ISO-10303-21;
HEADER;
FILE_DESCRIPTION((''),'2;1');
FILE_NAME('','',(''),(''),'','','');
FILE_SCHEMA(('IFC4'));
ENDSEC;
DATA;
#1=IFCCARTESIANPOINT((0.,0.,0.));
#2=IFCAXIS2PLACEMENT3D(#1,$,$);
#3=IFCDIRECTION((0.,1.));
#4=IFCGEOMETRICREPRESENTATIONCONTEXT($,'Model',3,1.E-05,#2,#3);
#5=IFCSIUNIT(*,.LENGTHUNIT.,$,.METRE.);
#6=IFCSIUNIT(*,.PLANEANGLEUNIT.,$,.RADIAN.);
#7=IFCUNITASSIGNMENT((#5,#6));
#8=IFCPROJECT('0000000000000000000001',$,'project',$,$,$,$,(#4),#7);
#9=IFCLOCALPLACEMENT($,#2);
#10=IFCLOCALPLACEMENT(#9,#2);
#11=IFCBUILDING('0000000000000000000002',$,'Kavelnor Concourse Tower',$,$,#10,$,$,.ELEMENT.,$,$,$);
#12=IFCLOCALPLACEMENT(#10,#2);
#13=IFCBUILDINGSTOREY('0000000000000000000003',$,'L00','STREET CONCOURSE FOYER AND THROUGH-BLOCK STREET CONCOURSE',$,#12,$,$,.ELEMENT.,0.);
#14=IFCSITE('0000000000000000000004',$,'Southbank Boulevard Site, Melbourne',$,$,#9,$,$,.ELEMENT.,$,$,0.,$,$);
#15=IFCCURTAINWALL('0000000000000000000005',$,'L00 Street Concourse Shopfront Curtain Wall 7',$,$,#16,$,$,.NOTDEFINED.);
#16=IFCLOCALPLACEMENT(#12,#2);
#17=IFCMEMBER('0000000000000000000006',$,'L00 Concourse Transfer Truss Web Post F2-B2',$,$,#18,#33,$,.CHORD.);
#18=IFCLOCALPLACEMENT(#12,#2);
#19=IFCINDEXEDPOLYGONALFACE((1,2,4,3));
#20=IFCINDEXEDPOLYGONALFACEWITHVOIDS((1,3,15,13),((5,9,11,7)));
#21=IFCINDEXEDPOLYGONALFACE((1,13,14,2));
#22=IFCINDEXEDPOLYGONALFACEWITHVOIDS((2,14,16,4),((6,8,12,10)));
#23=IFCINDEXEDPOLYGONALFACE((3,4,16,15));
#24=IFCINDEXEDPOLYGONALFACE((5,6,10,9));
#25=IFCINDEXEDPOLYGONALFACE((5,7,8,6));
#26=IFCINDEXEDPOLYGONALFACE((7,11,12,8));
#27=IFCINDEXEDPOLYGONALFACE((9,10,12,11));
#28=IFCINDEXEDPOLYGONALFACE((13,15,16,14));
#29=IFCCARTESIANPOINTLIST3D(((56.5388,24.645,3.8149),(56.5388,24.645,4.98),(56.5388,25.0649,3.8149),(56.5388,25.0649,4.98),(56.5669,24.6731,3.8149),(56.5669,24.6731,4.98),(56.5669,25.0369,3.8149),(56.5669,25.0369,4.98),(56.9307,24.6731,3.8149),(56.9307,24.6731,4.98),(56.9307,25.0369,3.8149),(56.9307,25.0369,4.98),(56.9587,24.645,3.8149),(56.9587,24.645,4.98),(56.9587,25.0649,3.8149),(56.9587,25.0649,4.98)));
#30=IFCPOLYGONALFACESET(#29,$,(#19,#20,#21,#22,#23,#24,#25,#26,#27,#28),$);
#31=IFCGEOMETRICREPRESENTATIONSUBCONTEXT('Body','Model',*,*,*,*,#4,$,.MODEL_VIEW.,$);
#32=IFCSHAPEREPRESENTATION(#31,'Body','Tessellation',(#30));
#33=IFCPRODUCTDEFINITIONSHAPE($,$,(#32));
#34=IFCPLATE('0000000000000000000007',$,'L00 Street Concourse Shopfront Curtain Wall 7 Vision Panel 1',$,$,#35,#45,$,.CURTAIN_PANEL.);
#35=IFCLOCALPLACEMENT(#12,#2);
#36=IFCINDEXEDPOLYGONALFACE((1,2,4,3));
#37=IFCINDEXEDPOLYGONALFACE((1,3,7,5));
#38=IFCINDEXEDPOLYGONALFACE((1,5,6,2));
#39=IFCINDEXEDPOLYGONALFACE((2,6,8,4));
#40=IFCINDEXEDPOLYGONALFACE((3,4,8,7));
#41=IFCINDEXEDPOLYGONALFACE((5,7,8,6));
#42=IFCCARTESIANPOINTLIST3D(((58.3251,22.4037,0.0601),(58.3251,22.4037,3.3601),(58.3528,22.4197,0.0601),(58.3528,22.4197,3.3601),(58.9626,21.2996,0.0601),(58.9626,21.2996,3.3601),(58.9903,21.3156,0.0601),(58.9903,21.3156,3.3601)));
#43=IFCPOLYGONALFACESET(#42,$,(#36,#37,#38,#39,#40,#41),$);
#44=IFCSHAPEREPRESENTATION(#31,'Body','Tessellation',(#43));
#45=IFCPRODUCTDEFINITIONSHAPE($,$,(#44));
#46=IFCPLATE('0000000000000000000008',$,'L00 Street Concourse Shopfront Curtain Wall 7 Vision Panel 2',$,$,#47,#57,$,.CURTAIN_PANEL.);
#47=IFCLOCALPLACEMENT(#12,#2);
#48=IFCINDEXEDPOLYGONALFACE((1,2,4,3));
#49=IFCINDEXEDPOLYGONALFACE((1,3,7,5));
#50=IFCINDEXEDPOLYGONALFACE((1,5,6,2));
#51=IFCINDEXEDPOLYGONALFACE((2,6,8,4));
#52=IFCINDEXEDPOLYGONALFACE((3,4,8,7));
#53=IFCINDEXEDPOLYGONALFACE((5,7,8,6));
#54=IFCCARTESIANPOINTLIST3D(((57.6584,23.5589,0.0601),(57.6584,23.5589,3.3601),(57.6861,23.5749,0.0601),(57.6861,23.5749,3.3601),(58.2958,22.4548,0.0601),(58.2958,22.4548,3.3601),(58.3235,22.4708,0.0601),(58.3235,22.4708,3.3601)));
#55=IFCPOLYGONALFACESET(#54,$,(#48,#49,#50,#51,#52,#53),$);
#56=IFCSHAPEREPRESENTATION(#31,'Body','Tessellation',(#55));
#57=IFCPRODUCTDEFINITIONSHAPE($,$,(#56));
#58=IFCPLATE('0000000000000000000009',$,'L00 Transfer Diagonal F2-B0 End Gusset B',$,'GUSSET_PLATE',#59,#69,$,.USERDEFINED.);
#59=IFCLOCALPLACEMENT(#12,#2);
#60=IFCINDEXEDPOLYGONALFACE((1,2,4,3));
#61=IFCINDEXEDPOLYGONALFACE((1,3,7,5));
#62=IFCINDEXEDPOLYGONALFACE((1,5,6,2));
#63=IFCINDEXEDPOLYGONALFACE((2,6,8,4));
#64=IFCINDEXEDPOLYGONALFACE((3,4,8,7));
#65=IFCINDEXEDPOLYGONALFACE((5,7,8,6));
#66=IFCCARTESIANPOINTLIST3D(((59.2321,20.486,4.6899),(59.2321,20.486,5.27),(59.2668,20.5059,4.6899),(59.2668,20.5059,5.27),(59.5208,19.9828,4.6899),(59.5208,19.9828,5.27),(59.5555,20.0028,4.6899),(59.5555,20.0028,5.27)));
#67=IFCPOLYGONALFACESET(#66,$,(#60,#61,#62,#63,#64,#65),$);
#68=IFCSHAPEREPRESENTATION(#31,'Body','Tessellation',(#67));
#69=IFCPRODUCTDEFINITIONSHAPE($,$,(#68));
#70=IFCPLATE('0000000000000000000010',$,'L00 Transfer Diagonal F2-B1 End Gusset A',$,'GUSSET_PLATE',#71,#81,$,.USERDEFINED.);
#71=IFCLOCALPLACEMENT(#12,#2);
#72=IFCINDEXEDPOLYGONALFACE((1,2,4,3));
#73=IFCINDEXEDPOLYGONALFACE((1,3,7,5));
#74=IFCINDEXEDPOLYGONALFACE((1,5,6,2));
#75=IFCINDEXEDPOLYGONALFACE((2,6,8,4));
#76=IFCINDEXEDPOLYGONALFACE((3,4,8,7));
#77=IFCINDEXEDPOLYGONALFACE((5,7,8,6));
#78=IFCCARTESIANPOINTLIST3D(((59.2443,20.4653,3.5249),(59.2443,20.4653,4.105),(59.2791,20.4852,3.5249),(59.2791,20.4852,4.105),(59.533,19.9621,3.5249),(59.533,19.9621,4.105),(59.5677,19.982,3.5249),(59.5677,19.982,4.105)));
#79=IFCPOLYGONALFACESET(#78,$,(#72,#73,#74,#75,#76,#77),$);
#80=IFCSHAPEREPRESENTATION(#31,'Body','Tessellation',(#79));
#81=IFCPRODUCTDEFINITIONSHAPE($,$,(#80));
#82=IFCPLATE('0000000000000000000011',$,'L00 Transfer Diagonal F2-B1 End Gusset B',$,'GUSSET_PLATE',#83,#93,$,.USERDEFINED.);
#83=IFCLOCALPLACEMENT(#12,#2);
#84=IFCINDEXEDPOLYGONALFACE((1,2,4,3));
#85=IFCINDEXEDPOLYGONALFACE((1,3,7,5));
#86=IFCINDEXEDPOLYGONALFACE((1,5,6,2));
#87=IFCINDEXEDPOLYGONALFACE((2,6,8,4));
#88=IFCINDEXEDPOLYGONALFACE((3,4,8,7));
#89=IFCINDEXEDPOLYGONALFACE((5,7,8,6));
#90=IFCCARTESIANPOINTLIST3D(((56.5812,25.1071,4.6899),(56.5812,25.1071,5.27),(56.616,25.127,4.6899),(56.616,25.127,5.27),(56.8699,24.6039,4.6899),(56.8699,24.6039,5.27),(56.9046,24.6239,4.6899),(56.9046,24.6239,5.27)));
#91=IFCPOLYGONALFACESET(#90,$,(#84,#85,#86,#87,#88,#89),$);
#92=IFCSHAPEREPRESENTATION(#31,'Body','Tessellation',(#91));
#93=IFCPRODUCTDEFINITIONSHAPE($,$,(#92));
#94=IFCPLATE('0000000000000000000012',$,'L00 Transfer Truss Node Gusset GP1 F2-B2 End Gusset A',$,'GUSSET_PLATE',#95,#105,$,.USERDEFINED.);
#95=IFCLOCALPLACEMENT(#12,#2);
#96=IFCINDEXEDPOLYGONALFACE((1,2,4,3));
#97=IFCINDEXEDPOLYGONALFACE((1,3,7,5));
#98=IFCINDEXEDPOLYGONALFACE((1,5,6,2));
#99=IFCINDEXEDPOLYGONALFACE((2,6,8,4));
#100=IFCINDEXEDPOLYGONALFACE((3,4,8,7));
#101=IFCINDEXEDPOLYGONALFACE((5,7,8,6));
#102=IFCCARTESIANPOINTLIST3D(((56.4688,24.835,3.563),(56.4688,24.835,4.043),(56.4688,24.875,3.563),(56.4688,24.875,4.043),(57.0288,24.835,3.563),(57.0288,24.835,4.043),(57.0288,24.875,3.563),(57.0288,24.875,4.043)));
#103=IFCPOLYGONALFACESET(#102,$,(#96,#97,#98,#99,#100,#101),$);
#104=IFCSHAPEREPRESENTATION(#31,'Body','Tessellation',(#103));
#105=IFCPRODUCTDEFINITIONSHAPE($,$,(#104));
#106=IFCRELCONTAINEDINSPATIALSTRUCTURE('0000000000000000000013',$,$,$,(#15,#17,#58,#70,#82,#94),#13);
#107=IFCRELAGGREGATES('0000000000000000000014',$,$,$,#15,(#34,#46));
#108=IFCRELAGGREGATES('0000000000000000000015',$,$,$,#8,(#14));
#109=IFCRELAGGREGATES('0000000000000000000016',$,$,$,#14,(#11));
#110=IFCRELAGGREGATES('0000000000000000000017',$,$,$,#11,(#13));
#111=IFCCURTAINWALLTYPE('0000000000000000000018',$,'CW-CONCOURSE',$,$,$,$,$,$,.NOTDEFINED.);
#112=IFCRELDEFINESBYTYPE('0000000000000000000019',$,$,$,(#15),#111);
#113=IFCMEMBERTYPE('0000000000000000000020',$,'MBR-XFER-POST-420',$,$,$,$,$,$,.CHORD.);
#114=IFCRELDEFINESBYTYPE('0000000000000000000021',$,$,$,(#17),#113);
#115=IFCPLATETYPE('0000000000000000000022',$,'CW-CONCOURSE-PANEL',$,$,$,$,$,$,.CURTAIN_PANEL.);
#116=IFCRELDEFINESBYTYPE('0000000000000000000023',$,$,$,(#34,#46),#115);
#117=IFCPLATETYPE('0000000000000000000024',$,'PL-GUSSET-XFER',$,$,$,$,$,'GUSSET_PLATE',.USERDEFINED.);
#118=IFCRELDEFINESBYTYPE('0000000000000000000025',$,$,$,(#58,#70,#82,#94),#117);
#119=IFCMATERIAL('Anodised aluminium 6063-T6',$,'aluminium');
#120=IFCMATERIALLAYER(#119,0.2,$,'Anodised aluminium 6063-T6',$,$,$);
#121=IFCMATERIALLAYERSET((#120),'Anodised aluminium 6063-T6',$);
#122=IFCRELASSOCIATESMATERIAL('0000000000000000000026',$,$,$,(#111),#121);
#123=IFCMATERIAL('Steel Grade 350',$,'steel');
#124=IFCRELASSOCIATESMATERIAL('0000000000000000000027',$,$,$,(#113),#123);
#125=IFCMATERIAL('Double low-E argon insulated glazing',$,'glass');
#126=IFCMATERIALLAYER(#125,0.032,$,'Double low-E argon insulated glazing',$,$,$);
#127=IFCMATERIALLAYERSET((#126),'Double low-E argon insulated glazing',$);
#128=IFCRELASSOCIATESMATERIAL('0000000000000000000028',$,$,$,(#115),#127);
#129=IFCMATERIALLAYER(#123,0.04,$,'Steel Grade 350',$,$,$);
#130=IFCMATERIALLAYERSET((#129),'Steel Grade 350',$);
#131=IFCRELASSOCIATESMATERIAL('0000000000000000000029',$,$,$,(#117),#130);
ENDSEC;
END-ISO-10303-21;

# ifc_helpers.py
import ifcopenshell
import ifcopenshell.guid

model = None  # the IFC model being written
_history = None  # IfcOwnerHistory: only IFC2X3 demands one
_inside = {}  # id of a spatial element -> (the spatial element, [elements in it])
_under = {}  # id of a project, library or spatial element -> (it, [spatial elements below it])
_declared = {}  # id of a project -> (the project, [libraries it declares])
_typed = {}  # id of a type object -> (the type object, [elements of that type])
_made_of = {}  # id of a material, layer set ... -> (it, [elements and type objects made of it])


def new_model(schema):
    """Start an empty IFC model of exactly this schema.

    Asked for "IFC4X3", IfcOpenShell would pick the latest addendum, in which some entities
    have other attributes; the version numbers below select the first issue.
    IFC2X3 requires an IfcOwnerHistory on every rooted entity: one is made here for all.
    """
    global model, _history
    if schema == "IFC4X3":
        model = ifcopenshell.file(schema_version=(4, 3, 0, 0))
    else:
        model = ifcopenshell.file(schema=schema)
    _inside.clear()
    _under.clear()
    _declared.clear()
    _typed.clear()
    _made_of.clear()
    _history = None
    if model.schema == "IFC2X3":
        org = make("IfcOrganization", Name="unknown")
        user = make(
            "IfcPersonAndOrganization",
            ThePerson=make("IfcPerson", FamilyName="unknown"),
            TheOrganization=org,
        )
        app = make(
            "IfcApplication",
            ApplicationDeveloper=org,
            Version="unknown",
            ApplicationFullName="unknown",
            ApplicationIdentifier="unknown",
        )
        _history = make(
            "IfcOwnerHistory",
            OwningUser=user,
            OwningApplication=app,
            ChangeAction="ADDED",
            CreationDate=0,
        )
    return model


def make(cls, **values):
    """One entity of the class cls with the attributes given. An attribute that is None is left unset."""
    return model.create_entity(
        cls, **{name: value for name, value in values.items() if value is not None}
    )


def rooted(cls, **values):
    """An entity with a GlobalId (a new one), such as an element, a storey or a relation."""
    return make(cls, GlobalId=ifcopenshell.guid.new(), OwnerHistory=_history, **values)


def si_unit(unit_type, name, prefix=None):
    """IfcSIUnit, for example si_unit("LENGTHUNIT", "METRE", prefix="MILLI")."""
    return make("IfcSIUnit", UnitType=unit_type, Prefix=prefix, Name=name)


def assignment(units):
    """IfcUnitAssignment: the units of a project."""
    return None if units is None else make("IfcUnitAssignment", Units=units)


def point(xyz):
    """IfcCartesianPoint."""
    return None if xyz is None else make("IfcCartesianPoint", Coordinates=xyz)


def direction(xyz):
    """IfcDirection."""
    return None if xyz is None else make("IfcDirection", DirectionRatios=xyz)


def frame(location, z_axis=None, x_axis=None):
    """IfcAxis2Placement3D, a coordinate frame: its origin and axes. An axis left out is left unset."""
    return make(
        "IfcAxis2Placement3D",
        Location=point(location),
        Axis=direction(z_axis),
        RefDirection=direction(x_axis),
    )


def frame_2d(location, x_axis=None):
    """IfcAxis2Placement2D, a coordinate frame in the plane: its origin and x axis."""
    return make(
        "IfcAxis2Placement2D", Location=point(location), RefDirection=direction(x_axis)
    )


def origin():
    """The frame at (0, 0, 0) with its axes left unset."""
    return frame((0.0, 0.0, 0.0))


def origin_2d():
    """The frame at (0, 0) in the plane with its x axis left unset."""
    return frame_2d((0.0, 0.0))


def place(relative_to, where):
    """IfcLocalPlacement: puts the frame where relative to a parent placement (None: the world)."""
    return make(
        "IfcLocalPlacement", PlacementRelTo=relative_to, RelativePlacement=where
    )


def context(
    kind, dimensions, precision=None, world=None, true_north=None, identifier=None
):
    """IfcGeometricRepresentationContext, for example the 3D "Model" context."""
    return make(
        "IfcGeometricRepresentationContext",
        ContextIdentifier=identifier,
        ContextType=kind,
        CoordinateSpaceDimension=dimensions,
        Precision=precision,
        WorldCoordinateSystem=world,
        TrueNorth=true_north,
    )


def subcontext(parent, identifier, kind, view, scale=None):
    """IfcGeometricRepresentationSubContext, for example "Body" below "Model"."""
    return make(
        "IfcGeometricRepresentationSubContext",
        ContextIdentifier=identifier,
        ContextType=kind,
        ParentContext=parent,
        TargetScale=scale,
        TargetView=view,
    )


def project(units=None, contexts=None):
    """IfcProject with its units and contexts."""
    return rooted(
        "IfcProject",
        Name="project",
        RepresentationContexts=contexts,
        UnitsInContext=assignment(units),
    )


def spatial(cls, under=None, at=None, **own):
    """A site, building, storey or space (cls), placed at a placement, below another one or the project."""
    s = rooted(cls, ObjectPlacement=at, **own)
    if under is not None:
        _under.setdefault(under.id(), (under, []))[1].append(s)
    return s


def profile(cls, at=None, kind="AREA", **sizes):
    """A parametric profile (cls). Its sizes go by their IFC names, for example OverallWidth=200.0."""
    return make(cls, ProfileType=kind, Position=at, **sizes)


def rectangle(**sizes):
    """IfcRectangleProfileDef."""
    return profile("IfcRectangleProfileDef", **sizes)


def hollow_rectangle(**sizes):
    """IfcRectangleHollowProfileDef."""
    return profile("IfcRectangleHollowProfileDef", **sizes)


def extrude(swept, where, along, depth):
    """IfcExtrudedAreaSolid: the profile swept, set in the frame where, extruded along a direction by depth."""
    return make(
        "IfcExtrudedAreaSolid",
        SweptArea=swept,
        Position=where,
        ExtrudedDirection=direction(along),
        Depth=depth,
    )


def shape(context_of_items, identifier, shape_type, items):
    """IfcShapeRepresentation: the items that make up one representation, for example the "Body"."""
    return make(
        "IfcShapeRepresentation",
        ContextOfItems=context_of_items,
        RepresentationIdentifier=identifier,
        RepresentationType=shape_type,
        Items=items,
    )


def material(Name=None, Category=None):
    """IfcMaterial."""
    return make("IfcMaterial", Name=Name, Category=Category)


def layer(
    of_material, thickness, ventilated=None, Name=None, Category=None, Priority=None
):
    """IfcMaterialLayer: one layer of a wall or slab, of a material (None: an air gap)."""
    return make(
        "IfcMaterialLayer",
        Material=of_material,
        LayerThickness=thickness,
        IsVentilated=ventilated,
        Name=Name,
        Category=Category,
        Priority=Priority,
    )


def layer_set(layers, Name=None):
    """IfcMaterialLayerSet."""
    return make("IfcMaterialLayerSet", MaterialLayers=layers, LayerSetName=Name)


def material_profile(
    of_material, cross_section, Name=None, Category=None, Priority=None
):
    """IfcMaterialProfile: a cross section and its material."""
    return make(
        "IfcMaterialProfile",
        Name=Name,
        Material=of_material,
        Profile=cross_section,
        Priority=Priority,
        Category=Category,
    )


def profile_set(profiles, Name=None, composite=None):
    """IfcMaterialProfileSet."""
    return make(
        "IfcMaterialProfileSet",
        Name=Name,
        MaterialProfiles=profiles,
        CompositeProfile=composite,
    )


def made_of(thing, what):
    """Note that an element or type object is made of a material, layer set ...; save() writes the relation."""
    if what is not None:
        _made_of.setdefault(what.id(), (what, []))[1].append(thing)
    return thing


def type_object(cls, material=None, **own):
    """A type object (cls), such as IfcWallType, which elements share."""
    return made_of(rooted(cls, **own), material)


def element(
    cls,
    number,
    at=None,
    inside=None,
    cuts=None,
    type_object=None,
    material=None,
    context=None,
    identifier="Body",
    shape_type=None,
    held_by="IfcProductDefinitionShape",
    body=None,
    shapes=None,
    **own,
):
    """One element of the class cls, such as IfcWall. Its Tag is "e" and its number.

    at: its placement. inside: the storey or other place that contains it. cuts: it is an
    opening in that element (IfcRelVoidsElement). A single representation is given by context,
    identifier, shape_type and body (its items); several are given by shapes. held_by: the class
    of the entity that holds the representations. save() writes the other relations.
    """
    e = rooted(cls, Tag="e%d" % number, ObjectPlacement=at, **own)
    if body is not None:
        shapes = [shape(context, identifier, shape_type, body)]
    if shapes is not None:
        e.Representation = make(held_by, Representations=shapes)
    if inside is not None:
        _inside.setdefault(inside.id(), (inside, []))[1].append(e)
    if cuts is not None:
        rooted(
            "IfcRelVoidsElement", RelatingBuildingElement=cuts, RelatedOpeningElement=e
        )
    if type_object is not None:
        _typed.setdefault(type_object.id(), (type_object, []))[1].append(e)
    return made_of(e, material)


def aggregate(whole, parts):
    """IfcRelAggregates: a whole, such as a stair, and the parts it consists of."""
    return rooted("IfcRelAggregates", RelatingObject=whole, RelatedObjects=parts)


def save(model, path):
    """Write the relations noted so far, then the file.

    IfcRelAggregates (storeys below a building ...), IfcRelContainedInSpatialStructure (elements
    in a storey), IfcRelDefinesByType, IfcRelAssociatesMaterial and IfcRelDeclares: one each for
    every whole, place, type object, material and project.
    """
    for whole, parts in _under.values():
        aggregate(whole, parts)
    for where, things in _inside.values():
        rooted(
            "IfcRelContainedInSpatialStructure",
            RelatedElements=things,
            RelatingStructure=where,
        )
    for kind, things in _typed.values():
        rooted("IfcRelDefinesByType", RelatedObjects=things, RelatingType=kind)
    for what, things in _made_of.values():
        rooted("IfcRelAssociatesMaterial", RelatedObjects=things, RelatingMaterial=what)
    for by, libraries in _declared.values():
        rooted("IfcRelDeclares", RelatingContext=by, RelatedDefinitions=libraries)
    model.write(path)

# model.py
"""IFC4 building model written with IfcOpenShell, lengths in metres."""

from ifc_helpers import new_model, si_unit, direction, frame, origin, origin_2d, place, context, subcontext, project, spatial, rectangle, hollow_rectangle, extrude, material, layer, layer_set, material_profile, profile_set, type_object, element, aggregate, save


model = new_model("IFC4")

# Units and contexts
model_context = context("Model", 3, precision=1e-05, world=origin(), true_north=direction((0.0, 1.0)))
body_context = subcontext(model_context, "Body", "Model", "MODEL_VIEW")
ifc_project = project(units=[si_unit("LENGTHUNIT", "METRE"), si_unit("PLANEANGLEUNIT", "RADIAN")], contexts=[model_context])

# Site, building, storey
site_placement = place(None, origin())
site = spatial("IfcSite", under=ifc_project, at=site_placement, Name="Southbank Boulevard Site, Melbourne", CompositionType="ELEMENT", RefElevation=0.0)
building_placement = place(site_placement, origin())
building = spatial("IfcBuilding", under=site, at=building_placement, Name="Kavelnor Concourse Tower", CompositionType="ELEMENT")
storey_placement = place(building_placement, origin())
storey = spatial("IfcBuildingStorey", under=building, at=storey_placement, Name="L00", Description="STREET CONCOURSE FOYER AND THROUGH-BLOCK STREET CONCOURSE", CompositionType="ELEMENT", Elevation=0.0)

# Shared definitions
ifc_material_1 = material(Name="Steel Grade 350", Category="steel")

# Curtain wall
ifc_material_2 = material(Name="Anodised aluminium 6063-T6", Category="aluminium")
ifc_layer_1 = layer(ifc_material_2, 0.2, Name="Anodised aluminium 6063-T6")
ifc_layer_set_1 = layer_set([ifc_layer_1], Name="Anodised aluminium 6063-T6")
curtain_wall_type = type_object("IfcCurtainWallType", Name="CW-CONCOURSE", PredefinedType="NOTDEFINED", material=ifc_layer_set_1)
curtain_wall_1_placement = place(storey_placement, origin())
curtain_wall_1 = element("IfcCurtainWall", 1, at=curtain_wall_1_placement, inside=storey, type_object=curtain_wall_type, Name="L00 Street Concourse Shopfront Curtain Wall 7", PredefinedType="NOTDEFINED")

# Member
ifc_material_profile_1 = material_profile(ifc_material_1, hollow_rectangle(XDim=0.4199, YDim=0.4199, WallThickness=0.0281, at=origin_2d()), Name="SHS 420x420x28")
ifc_profile_set_1 = profile_set([ifc_material_profile_1], Name="Steel Grade 350")
member_type_1 = type_object("IfcMemberType", Name="MBR-XFER-POST-420", PredefinedType="CHORD", material=ifc_profile_set_1)
for number, where, z_axis, x_axis, name in (
    (2, (56.7488, 24.855, 3.8149), (0.0, 0.0, 1.0), (1.0, 0.0, 0.0), "L00 Concourse Transfer Truss Web Post F2-B2"),
):
    element("IfcMember", number, at=place(storey_placement, frame(where, z_axis=z_axis, x_axis=x_axis)), inside=storey, type_object=member_type_1, Name=name, PredefinedType="CHORD", context=body_context, shape_type="SweptSolid", body=[
        extrude(hollow_rectangle(XDim=0.4199, YDim=0.4199, WallThickness=0.0281, at=origin_2d()), origin(), (0.0, 0.0, 1.0), 1.165),
    ])

# Plates
ifc_material_3 = material(Name="Double low-E argon insulated glazing", Category="glass")
ifc_layer_2 = layer(ifc_material_3, 0.032, Name="Double low-E argon insulated glazing")
ifc_layer_set_2 = layer_set([ifc_layer_2], Name="Double low-E argon insulated glazing")
plate_type_1 = type_object("IfcPlateType", Name="CW-CONCOURSE-PANEL", PredefinedType="CURTAIN_PANEL", material=ifc_layer_set_2)
plate_1_placement = place(storey_placement, frame((58.6577, 21.8596, 0.0601), z_axis=(0.0, 0.0, 1.0), x_axis=(-0.5, 0.866025, 0.0)))
plate_1 = element("IfcPlate", 3, at=plate_1_placement, type_object=plate_type_1, Name="L00 Street Concourse Shopfront Curtain Wall 7 Vision Panel 1", PredefinedType="CURTAIN_PANEL", context=body_context, shape_type="SweptSolid", body=[
    extrude(rectangle(XDim=1.2749, YDim=0.032, at=origin_2d()), origin(), (0.0, 0.0, 1.0), 3.3),
])
plate_2_placement = place(storey_placement, frame((57.991, 23.0149, 0.0601), z_axis=(0.0, 0.0, 1.0), x_axis=(-0.5, 0.866025, 0.0)))
plate_2 = element("IfcPlate", 4, at=plate_2_placement, type_object=plate_type_1, Name="L00 Street Concourse Shopfront Curtain Wall 7 Vision Panel 2", PredefinedType="CURTAIN_PANEL", context=body_context, shape_type="SweptSolid", body=[
    extrude(rectangle(XDim=1.2749, YDim=0.032, at=origin_2d()), origin(), (0.0, 0.0, 1.0), 3.3),
])
aggregate(curtain_wall_1, [plate_1, plate_2])

# Plates
ifc_layer_3 = layer(ifc_material_1, 0.04, Name="Steel Grade 350")
ifc_layer_set_3 = layer_set([ifc_layer_3], Name="Steel Grade 350")
plate_type_2 = type_object("IfcPlateType", Name="PL-GUSSET-XFER", ElementType="GUSSET_PLATE", PredefinedType="USERDEFINED", material=ifc_layer_set_3)
for number, where, z_axis, x_axis, name in (
    (5, (59.3938, 20.2444, 4.6899), (0.0, 0.0, 1.0), (-0.49758, 0.867418, 0.0), "L00 Transfer Diagonal F2-B0 End Gusset B"),
    (6, (59.406, 20.2236, 3.5249), (0.0, 0.0, 1.0), (-0.49758, 0.867418, 0.0), "L00 Transfer Diagonal F2-B1 End Gusset A"),
    (7, (56.7429, 24.8655, 4.6899), (0.0, 0.0, 1.0), (-0.49758, 0.867418, 0.0), "L00 Transfer Diagonal F2-B1 End Gusset B"),
):
    element("IfcPlate", number, at=place(storey_placement, frame(where, z_axis=z_axis, x_axis=x_axis)), inside=storey, type_object=plate_type_2, Name=name, ObjectType="GUSSET_PLATE", PredefinedType="USERDEFINED", context=body_context, shape_type="SweptSolid", body=[
        extrude(rectangle(XDim=0.5801, YDim=0.04, at=origin_2d()), origin(), (0.0, 0.0, 1.0), 0.5801),
    ])
plate_3_placement = place(storey_placement, frame((56.7488, 24.855, 3.563), z_axis=(0.0, 0.0, 1.0), x_axis=(1.0, 0.0, 0.0)))
element("IfcPlate", 8, at=plate_3_placement, inside=storey, type_object=plate_type_2, Name="L00 Transfer Truss Node Gusset GP1 F2-B2 End Gusset A", ObjectType="GUSSET_PLATE", PredefinedType="USERDEFINED", context=body_context, shape_type="SweptSolid", body=[
    extrude(rectangle(XDim=0.5601, YDim=0.04, at=origin_2d()), origin(), (0.0, 0.0, 1.0), 0.48),
])

save(model, "model.ifc")
